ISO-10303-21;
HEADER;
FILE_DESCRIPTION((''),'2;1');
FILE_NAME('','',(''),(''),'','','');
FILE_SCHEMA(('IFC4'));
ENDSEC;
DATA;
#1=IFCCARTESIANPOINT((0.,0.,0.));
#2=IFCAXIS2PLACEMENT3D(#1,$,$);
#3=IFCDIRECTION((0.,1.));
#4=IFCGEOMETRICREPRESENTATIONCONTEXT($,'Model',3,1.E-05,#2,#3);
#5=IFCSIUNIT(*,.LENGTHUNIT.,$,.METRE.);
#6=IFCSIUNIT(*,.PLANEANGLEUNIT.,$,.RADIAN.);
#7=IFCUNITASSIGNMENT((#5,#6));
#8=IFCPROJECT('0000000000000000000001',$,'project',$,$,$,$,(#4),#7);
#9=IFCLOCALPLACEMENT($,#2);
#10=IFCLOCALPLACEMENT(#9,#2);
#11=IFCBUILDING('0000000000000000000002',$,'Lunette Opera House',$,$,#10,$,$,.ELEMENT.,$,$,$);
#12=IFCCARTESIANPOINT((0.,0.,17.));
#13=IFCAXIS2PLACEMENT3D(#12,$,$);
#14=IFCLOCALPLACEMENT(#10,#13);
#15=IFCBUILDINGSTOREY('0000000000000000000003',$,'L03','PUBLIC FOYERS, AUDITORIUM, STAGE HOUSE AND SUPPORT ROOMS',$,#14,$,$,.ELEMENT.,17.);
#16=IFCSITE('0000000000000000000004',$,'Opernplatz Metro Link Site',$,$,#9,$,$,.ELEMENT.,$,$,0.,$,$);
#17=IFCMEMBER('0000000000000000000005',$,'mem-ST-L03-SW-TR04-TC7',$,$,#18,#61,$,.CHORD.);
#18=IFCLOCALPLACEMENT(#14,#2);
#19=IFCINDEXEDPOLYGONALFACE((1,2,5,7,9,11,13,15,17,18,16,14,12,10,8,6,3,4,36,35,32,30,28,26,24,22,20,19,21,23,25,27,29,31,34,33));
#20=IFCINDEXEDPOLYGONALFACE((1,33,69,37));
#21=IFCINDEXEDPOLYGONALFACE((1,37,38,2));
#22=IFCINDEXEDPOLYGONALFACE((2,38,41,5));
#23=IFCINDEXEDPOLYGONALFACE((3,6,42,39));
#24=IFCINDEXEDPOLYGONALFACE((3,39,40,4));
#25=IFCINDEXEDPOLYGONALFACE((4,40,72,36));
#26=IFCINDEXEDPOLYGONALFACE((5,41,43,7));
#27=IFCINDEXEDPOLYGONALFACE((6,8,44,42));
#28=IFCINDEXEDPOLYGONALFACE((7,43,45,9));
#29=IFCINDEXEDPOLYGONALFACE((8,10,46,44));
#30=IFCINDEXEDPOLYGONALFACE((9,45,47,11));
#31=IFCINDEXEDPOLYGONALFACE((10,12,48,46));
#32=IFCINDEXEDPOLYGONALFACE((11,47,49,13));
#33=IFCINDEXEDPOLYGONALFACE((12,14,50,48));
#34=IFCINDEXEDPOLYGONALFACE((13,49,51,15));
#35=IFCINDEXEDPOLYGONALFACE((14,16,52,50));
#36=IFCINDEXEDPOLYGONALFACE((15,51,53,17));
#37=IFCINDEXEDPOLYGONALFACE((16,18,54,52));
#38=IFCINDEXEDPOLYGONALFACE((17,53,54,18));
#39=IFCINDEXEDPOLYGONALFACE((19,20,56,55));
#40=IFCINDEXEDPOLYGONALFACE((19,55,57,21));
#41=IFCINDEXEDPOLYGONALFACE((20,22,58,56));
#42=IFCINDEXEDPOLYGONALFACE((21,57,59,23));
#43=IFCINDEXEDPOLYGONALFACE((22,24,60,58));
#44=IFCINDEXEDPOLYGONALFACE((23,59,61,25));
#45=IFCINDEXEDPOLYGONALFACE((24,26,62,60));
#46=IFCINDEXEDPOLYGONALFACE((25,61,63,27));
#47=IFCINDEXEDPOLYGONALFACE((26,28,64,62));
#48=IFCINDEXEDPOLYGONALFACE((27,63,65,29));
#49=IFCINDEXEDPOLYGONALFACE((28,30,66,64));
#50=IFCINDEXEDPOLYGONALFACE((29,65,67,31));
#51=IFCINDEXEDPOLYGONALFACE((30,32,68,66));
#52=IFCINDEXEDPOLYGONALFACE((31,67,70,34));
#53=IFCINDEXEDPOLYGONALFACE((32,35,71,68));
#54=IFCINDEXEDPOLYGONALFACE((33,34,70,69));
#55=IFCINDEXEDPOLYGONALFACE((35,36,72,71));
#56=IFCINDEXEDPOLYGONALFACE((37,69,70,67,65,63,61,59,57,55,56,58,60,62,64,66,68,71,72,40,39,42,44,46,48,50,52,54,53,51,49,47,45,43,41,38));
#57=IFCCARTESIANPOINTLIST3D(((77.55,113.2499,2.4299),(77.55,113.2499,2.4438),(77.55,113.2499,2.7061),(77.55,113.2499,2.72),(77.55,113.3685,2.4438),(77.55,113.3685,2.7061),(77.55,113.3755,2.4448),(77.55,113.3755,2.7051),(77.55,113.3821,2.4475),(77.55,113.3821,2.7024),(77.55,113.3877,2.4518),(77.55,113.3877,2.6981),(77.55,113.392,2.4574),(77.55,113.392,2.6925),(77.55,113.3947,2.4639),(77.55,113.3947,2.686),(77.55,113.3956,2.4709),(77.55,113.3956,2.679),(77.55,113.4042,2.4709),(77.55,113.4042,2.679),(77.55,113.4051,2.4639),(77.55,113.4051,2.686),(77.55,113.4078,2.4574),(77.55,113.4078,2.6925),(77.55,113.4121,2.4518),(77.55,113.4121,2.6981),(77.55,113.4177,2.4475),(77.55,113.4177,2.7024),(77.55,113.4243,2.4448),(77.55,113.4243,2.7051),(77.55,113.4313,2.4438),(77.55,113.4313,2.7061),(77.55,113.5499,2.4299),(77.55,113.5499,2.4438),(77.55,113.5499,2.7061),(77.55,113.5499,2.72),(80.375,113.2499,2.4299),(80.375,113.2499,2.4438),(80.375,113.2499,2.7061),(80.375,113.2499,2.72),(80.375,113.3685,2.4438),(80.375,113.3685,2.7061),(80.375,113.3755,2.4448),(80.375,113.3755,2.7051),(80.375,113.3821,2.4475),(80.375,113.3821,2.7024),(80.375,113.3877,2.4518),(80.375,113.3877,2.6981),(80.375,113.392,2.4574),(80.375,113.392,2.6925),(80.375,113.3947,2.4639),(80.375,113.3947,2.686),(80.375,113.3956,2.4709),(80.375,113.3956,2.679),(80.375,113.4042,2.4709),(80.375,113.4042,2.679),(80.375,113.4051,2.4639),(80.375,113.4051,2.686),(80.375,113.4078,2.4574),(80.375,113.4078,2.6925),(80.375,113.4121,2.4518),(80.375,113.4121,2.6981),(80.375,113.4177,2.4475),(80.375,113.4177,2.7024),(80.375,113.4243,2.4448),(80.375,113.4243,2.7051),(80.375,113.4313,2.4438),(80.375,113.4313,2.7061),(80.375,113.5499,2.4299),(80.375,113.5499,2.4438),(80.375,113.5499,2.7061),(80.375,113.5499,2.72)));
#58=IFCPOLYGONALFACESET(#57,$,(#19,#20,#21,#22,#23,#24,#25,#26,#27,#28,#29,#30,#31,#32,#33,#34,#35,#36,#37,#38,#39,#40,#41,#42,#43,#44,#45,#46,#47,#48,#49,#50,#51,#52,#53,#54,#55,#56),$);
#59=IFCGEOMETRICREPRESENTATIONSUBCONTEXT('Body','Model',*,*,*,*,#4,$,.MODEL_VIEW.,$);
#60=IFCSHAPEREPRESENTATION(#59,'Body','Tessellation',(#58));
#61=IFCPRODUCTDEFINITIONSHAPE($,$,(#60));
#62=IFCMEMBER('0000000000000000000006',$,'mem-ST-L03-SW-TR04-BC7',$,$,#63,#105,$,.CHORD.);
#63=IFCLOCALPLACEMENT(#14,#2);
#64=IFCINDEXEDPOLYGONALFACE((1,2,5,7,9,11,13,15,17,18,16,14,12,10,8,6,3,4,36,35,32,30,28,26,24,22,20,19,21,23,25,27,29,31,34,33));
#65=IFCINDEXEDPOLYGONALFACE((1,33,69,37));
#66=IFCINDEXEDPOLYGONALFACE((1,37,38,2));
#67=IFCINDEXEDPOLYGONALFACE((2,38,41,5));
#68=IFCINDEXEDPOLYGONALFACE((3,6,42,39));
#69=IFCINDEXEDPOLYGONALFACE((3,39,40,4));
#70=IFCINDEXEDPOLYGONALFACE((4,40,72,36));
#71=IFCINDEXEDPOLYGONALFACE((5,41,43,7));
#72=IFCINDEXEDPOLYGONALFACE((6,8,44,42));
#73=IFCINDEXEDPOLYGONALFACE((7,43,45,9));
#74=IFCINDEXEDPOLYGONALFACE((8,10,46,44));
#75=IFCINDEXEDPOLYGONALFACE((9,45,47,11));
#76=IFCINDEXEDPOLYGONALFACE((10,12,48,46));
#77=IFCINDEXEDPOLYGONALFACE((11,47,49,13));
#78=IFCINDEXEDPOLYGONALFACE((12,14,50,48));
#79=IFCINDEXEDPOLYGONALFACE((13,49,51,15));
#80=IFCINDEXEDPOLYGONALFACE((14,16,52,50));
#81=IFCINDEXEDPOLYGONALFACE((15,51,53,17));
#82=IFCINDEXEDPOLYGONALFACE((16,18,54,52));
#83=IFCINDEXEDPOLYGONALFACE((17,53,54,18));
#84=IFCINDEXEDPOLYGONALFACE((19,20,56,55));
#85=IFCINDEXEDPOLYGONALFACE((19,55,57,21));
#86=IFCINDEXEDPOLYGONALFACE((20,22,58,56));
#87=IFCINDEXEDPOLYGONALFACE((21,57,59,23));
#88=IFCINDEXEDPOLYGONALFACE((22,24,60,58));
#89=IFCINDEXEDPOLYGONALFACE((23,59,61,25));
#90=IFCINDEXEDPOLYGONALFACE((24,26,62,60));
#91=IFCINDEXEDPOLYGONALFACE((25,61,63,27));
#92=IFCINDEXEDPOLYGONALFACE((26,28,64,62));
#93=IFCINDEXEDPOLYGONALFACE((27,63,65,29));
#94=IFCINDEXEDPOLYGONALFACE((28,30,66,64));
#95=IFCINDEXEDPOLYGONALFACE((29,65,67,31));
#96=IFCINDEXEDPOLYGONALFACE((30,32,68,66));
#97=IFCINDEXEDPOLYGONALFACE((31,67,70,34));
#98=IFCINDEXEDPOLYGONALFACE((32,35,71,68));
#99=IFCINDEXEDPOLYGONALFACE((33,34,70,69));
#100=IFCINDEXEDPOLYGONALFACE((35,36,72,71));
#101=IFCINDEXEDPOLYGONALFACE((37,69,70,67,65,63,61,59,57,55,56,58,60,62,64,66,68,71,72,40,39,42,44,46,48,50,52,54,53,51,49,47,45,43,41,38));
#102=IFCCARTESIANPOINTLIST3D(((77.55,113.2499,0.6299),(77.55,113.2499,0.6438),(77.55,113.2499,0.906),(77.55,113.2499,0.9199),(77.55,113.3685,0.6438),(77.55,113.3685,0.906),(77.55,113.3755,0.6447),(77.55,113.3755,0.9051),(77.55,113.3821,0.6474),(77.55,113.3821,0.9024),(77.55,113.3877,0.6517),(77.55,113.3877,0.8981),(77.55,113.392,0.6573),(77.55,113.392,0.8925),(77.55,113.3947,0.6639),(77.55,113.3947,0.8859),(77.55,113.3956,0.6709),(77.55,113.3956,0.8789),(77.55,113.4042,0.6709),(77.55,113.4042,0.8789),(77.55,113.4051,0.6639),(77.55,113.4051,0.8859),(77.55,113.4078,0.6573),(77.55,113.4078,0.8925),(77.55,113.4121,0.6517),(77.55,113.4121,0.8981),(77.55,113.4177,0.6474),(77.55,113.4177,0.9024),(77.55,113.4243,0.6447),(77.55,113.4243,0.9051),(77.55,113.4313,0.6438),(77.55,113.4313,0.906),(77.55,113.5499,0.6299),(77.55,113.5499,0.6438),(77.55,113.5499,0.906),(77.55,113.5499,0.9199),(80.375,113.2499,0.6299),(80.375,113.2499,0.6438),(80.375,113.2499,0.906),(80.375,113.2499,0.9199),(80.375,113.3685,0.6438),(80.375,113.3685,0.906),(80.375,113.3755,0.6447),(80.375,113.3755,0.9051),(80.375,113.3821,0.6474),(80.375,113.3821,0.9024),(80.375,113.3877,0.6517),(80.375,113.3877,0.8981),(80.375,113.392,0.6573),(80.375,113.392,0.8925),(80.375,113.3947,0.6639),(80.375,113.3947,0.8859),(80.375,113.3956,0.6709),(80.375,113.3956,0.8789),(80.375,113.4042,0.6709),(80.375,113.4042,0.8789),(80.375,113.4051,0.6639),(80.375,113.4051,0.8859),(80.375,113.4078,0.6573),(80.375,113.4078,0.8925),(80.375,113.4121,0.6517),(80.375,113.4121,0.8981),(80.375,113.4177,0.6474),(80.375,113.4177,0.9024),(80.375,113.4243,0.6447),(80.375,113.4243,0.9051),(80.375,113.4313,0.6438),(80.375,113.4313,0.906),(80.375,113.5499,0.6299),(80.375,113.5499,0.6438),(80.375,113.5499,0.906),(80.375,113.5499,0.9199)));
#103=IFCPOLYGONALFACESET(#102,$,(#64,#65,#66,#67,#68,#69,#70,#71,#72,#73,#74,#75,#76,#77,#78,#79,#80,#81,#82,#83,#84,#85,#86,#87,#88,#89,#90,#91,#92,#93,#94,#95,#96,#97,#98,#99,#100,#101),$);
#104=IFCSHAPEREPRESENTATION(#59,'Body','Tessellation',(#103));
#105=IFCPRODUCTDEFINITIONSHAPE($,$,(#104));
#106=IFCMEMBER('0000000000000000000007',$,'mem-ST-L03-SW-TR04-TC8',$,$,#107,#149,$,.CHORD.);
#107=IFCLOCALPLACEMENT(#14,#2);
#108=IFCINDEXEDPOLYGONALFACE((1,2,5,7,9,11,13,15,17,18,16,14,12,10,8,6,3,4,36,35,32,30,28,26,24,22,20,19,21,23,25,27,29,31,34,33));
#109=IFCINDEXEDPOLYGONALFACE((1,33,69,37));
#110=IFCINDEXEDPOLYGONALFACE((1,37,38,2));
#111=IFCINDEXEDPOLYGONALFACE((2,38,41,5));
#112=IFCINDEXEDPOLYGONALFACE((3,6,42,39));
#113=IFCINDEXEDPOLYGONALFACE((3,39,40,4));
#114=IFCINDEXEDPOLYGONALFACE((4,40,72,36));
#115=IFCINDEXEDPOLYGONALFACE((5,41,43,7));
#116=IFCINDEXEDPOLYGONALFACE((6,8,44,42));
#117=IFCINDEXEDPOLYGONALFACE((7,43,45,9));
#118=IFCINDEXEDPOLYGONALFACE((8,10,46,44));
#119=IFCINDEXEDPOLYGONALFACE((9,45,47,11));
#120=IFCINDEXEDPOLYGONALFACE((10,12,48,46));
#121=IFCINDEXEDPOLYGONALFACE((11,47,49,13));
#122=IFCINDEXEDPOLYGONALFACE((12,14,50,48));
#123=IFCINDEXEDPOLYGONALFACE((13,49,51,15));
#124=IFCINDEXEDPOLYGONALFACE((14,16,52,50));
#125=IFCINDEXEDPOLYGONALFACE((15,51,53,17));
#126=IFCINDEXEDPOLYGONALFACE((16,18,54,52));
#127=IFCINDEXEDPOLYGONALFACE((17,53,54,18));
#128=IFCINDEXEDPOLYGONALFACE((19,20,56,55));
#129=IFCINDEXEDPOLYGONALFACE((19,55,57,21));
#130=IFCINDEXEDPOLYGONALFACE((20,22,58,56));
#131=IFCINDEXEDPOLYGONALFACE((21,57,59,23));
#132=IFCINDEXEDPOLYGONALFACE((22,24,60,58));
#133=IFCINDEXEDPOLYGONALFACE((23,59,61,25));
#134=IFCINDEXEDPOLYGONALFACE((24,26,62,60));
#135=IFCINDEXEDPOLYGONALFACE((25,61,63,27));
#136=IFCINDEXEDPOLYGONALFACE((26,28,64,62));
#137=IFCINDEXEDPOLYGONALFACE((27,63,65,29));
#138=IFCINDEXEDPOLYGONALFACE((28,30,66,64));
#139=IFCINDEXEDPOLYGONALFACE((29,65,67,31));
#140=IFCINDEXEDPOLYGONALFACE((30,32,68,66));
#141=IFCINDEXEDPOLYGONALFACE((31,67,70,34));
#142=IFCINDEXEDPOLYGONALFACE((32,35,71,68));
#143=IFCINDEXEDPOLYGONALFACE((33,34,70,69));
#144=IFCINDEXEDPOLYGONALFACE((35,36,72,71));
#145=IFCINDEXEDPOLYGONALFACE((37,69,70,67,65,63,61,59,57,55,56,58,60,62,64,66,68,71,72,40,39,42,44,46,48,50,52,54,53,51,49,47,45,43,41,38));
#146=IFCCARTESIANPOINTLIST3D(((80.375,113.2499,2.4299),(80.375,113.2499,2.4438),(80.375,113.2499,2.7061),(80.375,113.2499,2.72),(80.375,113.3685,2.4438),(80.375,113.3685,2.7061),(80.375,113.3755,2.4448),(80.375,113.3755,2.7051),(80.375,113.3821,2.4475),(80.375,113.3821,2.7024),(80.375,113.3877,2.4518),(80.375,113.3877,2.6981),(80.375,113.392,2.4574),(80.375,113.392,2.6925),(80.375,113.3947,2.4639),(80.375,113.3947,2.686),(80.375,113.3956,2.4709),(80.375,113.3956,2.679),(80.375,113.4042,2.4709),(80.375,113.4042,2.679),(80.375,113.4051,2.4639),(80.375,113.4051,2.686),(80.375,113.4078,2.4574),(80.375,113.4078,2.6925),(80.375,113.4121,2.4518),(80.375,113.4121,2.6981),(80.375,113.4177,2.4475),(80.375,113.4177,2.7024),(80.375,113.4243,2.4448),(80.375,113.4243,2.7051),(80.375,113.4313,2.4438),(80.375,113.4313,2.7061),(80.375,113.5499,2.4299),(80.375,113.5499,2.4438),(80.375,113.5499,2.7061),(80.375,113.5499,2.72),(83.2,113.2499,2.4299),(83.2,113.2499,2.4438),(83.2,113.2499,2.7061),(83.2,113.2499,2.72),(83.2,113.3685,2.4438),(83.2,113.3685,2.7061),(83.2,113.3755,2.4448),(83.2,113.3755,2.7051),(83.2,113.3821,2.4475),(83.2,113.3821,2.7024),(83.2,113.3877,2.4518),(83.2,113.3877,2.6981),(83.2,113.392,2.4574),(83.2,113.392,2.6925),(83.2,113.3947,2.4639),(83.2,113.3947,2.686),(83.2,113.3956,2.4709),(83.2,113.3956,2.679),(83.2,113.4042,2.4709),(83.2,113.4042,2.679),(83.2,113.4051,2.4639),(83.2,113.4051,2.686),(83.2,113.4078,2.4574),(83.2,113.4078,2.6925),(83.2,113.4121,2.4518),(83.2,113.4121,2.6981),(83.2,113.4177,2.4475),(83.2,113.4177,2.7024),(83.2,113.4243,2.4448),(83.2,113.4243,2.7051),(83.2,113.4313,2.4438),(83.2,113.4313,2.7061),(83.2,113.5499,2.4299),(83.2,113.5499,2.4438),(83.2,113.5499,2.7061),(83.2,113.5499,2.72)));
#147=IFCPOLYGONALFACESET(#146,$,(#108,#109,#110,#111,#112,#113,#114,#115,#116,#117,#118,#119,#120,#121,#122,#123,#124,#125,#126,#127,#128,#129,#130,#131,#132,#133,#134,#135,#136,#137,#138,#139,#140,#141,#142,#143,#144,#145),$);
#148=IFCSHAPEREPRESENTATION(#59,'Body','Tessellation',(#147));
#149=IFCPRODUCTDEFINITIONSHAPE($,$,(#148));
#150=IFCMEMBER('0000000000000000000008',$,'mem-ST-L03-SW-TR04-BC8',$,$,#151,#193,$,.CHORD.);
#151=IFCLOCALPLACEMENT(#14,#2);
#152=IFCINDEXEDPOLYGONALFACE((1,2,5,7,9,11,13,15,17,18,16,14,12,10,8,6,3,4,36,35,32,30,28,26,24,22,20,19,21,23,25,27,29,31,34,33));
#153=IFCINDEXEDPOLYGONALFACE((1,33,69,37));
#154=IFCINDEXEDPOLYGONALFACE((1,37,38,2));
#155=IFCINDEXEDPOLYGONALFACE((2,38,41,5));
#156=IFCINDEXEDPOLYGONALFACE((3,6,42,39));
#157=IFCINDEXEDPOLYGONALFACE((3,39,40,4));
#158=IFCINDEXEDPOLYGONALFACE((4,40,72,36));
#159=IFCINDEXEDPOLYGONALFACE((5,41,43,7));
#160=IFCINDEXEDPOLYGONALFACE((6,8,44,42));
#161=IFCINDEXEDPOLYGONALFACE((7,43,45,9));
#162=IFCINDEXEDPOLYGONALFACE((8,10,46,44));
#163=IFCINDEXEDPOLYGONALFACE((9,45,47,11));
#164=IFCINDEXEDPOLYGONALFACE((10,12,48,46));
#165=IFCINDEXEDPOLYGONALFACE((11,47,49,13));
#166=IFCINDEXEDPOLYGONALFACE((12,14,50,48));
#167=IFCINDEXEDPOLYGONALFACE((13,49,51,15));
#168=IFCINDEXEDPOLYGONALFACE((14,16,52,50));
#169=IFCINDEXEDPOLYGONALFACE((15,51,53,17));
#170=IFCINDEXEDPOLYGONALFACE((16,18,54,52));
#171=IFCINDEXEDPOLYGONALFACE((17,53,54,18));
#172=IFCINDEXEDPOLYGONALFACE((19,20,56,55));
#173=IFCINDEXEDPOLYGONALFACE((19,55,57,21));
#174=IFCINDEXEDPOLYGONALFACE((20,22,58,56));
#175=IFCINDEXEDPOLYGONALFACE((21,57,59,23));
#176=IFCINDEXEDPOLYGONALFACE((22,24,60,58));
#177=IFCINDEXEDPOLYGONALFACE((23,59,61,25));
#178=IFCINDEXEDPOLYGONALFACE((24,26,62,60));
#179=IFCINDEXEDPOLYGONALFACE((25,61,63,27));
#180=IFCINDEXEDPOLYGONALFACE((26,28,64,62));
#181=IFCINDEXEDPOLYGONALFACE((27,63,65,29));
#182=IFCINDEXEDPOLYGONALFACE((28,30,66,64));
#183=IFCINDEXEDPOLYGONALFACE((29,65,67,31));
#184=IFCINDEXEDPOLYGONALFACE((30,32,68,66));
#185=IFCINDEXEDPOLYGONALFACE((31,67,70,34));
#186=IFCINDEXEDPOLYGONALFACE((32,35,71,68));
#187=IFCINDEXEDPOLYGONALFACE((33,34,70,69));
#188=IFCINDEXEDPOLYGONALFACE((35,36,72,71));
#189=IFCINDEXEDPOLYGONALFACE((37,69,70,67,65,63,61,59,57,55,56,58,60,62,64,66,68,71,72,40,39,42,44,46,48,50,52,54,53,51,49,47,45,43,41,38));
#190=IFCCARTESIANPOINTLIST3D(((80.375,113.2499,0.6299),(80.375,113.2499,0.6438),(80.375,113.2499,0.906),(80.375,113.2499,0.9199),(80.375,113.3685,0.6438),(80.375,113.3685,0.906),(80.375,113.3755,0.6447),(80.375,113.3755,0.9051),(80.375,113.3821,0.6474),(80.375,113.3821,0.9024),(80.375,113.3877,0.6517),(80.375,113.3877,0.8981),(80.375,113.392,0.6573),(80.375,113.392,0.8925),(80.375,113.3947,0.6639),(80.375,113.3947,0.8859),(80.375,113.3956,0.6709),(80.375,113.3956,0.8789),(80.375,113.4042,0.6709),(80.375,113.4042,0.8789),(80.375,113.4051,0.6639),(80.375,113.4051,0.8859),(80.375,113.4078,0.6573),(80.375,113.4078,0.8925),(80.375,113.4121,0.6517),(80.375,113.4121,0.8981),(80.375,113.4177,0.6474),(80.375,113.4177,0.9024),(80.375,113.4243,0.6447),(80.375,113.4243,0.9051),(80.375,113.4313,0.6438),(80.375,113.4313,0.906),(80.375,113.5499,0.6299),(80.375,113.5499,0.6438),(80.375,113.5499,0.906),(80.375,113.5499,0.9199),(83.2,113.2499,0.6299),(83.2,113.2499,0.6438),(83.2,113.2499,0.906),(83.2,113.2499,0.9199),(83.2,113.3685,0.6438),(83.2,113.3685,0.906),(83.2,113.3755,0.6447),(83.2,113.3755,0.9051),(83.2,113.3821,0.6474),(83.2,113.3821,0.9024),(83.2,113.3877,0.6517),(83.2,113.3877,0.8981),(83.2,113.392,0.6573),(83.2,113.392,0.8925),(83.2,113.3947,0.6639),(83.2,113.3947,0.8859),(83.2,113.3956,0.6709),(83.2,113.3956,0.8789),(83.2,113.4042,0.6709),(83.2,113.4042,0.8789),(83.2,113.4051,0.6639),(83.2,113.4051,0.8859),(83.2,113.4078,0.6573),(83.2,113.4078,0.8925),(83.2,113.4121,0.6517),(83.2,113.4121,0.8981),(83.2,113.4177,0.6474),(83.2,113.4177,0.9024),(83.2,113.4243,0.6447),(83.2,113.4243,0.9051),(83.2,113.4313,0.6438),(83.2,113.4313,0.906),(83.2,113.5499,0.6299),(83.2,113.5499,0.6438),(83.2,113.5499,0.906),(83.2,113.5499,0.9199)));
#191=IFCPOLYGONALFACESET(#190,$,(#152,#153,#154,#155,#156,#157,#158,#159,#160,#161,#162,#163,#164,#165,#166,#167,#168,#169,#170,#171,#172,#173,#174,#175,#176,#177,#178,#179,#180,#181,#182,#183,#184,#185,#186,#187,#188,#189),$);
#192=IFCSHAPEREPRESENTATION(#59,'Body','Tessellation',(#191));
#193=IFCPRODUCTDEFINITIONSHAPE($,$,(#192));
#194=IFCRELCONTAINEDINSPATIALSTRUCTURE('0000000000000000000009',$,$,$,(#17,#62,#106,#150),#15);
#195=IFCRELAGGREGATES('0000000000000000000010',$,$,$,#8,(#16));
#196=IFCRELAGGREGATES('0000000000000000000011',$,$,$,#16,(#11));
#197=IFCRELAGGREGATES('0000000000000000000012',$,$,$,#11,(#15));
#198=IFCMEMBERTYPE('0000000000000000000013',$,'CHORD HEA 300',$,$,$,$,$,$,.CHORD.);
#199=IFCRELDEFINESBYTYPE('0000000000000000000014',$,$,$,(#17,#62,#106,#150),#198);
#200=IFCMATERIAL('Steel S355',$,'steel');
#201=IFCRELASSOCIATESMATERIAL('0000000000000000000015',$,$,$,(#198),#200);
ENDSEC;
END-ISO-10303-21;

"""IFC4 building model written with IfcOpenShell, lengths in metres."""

from ifc_helpers import new_model, si_unit, direction, frame, origin, origin_2d, place, context, subcontext, project, spatial, i_section, extrude, material, material_profile, profile_set, type_object, element, save


model = new_model("IFC4")

# Units and contexts
model_context = context("Model", 3, precision=1e-05, world=origin(), true_north=direction((0.0, 1.0)))
body_context = subcontext(model_context, "Body", "Model", "MODEL_VIEW")
ifc_project = project(units=[si_unit("LENGTHUNIT", "METRE"), si_unit("PLANEANGLEUNIT", "RADIAN")], contexts=[model_context])

# Site, building, storey
site_placement = place(None, origin())
site = spatial("IfcSite", under=ifc_project, at=site_placement, Name="Opernplatz Metro Link Site", CompositionType="ELEMENT", RefElevation=0.0)
building_placement = place(site_placement, origin())
building = spatial("IfcBuilding", under=site, at=building_placement, Name="Lunette Opera House", CompositionType="ELEMENT")
storey_placement = place(building_placement, frame((0.0, 0.0, 17.0)))
storey = spatial("IfcBuildingStorey", under=building, at=storey_placement, Name="L03", Description="PUBLIC FOYERS, AUDITORIUM, STAGE HOUSE AND SUPPORT ROOMS", CompositionType="ELEMENT", Elevation=17.0)

# Members
ifc_material_1 = material(Name="Steel S355", Category="steel")
ifc_material_profile_1 = material_profile(ifc_material_1, i_section(OverallWidth=0.3, OverallDepth=0.29, WebThickness=0.0085, FlangeThickness=0.0139, FilletRadius=0.0271, at=origin_2d()), Name="HEA 300")
ifc_profile_set_1 = profile_set([ifc_material_profile_1], Name="Steel S355")
member_type_1 = type_object("IfcMemberType", Name="CHORD HEA 300", PredefinedType="CHORD", material=ifc_profile_set_1)
for number, where, z_axis, x_axis, name in (
    (1, (77.55, 113.3999, 2.575), (1.0, 0.0, 0.0), (0.0, 1.0, 0.0), "mem-ST-L03-SW-TR04-TC7"),
    (2, (77.55, 113.3999, 0.7749), (1.0, 0.0, 0.0), (0.0, 1.0, 0.0), "mem-ST-L03-SW-TR04-BC7"),
    (3, (80.375, 113.3999, 2.575), (1.0, 0.0, 0.0), (0.0, 1.0, 0.0), "mem-ST-L03-SW-TR04-TC8"),
    (4, (80.375, 113.3999, 0.7749), (1.0, 0.0, 0.0), (0.0, 1.0, 0.0), "mem-ST-L03-SW-TR04-BC8"),
):
    element("IfcMember", number, at=place(storey_placement, frame(where, z_axis=z_axis, x_axis=x_axis)), inside=storey, type_object=member_type_1, Name=name, PredefinedType="CHORD", context=body_context, shape_type="SweptSolid", body=[
        extrude(i_section(OverallWidth=0.3, OverallDepth=0.29, WebThickness=0.0085, FlangeThickness=0.0139, FilletRadius=0.0271, at=origin_2d()), origin(), (0.0, 0.0, 1.0), 2.825),
    ])

save(model, "model.ifc")
